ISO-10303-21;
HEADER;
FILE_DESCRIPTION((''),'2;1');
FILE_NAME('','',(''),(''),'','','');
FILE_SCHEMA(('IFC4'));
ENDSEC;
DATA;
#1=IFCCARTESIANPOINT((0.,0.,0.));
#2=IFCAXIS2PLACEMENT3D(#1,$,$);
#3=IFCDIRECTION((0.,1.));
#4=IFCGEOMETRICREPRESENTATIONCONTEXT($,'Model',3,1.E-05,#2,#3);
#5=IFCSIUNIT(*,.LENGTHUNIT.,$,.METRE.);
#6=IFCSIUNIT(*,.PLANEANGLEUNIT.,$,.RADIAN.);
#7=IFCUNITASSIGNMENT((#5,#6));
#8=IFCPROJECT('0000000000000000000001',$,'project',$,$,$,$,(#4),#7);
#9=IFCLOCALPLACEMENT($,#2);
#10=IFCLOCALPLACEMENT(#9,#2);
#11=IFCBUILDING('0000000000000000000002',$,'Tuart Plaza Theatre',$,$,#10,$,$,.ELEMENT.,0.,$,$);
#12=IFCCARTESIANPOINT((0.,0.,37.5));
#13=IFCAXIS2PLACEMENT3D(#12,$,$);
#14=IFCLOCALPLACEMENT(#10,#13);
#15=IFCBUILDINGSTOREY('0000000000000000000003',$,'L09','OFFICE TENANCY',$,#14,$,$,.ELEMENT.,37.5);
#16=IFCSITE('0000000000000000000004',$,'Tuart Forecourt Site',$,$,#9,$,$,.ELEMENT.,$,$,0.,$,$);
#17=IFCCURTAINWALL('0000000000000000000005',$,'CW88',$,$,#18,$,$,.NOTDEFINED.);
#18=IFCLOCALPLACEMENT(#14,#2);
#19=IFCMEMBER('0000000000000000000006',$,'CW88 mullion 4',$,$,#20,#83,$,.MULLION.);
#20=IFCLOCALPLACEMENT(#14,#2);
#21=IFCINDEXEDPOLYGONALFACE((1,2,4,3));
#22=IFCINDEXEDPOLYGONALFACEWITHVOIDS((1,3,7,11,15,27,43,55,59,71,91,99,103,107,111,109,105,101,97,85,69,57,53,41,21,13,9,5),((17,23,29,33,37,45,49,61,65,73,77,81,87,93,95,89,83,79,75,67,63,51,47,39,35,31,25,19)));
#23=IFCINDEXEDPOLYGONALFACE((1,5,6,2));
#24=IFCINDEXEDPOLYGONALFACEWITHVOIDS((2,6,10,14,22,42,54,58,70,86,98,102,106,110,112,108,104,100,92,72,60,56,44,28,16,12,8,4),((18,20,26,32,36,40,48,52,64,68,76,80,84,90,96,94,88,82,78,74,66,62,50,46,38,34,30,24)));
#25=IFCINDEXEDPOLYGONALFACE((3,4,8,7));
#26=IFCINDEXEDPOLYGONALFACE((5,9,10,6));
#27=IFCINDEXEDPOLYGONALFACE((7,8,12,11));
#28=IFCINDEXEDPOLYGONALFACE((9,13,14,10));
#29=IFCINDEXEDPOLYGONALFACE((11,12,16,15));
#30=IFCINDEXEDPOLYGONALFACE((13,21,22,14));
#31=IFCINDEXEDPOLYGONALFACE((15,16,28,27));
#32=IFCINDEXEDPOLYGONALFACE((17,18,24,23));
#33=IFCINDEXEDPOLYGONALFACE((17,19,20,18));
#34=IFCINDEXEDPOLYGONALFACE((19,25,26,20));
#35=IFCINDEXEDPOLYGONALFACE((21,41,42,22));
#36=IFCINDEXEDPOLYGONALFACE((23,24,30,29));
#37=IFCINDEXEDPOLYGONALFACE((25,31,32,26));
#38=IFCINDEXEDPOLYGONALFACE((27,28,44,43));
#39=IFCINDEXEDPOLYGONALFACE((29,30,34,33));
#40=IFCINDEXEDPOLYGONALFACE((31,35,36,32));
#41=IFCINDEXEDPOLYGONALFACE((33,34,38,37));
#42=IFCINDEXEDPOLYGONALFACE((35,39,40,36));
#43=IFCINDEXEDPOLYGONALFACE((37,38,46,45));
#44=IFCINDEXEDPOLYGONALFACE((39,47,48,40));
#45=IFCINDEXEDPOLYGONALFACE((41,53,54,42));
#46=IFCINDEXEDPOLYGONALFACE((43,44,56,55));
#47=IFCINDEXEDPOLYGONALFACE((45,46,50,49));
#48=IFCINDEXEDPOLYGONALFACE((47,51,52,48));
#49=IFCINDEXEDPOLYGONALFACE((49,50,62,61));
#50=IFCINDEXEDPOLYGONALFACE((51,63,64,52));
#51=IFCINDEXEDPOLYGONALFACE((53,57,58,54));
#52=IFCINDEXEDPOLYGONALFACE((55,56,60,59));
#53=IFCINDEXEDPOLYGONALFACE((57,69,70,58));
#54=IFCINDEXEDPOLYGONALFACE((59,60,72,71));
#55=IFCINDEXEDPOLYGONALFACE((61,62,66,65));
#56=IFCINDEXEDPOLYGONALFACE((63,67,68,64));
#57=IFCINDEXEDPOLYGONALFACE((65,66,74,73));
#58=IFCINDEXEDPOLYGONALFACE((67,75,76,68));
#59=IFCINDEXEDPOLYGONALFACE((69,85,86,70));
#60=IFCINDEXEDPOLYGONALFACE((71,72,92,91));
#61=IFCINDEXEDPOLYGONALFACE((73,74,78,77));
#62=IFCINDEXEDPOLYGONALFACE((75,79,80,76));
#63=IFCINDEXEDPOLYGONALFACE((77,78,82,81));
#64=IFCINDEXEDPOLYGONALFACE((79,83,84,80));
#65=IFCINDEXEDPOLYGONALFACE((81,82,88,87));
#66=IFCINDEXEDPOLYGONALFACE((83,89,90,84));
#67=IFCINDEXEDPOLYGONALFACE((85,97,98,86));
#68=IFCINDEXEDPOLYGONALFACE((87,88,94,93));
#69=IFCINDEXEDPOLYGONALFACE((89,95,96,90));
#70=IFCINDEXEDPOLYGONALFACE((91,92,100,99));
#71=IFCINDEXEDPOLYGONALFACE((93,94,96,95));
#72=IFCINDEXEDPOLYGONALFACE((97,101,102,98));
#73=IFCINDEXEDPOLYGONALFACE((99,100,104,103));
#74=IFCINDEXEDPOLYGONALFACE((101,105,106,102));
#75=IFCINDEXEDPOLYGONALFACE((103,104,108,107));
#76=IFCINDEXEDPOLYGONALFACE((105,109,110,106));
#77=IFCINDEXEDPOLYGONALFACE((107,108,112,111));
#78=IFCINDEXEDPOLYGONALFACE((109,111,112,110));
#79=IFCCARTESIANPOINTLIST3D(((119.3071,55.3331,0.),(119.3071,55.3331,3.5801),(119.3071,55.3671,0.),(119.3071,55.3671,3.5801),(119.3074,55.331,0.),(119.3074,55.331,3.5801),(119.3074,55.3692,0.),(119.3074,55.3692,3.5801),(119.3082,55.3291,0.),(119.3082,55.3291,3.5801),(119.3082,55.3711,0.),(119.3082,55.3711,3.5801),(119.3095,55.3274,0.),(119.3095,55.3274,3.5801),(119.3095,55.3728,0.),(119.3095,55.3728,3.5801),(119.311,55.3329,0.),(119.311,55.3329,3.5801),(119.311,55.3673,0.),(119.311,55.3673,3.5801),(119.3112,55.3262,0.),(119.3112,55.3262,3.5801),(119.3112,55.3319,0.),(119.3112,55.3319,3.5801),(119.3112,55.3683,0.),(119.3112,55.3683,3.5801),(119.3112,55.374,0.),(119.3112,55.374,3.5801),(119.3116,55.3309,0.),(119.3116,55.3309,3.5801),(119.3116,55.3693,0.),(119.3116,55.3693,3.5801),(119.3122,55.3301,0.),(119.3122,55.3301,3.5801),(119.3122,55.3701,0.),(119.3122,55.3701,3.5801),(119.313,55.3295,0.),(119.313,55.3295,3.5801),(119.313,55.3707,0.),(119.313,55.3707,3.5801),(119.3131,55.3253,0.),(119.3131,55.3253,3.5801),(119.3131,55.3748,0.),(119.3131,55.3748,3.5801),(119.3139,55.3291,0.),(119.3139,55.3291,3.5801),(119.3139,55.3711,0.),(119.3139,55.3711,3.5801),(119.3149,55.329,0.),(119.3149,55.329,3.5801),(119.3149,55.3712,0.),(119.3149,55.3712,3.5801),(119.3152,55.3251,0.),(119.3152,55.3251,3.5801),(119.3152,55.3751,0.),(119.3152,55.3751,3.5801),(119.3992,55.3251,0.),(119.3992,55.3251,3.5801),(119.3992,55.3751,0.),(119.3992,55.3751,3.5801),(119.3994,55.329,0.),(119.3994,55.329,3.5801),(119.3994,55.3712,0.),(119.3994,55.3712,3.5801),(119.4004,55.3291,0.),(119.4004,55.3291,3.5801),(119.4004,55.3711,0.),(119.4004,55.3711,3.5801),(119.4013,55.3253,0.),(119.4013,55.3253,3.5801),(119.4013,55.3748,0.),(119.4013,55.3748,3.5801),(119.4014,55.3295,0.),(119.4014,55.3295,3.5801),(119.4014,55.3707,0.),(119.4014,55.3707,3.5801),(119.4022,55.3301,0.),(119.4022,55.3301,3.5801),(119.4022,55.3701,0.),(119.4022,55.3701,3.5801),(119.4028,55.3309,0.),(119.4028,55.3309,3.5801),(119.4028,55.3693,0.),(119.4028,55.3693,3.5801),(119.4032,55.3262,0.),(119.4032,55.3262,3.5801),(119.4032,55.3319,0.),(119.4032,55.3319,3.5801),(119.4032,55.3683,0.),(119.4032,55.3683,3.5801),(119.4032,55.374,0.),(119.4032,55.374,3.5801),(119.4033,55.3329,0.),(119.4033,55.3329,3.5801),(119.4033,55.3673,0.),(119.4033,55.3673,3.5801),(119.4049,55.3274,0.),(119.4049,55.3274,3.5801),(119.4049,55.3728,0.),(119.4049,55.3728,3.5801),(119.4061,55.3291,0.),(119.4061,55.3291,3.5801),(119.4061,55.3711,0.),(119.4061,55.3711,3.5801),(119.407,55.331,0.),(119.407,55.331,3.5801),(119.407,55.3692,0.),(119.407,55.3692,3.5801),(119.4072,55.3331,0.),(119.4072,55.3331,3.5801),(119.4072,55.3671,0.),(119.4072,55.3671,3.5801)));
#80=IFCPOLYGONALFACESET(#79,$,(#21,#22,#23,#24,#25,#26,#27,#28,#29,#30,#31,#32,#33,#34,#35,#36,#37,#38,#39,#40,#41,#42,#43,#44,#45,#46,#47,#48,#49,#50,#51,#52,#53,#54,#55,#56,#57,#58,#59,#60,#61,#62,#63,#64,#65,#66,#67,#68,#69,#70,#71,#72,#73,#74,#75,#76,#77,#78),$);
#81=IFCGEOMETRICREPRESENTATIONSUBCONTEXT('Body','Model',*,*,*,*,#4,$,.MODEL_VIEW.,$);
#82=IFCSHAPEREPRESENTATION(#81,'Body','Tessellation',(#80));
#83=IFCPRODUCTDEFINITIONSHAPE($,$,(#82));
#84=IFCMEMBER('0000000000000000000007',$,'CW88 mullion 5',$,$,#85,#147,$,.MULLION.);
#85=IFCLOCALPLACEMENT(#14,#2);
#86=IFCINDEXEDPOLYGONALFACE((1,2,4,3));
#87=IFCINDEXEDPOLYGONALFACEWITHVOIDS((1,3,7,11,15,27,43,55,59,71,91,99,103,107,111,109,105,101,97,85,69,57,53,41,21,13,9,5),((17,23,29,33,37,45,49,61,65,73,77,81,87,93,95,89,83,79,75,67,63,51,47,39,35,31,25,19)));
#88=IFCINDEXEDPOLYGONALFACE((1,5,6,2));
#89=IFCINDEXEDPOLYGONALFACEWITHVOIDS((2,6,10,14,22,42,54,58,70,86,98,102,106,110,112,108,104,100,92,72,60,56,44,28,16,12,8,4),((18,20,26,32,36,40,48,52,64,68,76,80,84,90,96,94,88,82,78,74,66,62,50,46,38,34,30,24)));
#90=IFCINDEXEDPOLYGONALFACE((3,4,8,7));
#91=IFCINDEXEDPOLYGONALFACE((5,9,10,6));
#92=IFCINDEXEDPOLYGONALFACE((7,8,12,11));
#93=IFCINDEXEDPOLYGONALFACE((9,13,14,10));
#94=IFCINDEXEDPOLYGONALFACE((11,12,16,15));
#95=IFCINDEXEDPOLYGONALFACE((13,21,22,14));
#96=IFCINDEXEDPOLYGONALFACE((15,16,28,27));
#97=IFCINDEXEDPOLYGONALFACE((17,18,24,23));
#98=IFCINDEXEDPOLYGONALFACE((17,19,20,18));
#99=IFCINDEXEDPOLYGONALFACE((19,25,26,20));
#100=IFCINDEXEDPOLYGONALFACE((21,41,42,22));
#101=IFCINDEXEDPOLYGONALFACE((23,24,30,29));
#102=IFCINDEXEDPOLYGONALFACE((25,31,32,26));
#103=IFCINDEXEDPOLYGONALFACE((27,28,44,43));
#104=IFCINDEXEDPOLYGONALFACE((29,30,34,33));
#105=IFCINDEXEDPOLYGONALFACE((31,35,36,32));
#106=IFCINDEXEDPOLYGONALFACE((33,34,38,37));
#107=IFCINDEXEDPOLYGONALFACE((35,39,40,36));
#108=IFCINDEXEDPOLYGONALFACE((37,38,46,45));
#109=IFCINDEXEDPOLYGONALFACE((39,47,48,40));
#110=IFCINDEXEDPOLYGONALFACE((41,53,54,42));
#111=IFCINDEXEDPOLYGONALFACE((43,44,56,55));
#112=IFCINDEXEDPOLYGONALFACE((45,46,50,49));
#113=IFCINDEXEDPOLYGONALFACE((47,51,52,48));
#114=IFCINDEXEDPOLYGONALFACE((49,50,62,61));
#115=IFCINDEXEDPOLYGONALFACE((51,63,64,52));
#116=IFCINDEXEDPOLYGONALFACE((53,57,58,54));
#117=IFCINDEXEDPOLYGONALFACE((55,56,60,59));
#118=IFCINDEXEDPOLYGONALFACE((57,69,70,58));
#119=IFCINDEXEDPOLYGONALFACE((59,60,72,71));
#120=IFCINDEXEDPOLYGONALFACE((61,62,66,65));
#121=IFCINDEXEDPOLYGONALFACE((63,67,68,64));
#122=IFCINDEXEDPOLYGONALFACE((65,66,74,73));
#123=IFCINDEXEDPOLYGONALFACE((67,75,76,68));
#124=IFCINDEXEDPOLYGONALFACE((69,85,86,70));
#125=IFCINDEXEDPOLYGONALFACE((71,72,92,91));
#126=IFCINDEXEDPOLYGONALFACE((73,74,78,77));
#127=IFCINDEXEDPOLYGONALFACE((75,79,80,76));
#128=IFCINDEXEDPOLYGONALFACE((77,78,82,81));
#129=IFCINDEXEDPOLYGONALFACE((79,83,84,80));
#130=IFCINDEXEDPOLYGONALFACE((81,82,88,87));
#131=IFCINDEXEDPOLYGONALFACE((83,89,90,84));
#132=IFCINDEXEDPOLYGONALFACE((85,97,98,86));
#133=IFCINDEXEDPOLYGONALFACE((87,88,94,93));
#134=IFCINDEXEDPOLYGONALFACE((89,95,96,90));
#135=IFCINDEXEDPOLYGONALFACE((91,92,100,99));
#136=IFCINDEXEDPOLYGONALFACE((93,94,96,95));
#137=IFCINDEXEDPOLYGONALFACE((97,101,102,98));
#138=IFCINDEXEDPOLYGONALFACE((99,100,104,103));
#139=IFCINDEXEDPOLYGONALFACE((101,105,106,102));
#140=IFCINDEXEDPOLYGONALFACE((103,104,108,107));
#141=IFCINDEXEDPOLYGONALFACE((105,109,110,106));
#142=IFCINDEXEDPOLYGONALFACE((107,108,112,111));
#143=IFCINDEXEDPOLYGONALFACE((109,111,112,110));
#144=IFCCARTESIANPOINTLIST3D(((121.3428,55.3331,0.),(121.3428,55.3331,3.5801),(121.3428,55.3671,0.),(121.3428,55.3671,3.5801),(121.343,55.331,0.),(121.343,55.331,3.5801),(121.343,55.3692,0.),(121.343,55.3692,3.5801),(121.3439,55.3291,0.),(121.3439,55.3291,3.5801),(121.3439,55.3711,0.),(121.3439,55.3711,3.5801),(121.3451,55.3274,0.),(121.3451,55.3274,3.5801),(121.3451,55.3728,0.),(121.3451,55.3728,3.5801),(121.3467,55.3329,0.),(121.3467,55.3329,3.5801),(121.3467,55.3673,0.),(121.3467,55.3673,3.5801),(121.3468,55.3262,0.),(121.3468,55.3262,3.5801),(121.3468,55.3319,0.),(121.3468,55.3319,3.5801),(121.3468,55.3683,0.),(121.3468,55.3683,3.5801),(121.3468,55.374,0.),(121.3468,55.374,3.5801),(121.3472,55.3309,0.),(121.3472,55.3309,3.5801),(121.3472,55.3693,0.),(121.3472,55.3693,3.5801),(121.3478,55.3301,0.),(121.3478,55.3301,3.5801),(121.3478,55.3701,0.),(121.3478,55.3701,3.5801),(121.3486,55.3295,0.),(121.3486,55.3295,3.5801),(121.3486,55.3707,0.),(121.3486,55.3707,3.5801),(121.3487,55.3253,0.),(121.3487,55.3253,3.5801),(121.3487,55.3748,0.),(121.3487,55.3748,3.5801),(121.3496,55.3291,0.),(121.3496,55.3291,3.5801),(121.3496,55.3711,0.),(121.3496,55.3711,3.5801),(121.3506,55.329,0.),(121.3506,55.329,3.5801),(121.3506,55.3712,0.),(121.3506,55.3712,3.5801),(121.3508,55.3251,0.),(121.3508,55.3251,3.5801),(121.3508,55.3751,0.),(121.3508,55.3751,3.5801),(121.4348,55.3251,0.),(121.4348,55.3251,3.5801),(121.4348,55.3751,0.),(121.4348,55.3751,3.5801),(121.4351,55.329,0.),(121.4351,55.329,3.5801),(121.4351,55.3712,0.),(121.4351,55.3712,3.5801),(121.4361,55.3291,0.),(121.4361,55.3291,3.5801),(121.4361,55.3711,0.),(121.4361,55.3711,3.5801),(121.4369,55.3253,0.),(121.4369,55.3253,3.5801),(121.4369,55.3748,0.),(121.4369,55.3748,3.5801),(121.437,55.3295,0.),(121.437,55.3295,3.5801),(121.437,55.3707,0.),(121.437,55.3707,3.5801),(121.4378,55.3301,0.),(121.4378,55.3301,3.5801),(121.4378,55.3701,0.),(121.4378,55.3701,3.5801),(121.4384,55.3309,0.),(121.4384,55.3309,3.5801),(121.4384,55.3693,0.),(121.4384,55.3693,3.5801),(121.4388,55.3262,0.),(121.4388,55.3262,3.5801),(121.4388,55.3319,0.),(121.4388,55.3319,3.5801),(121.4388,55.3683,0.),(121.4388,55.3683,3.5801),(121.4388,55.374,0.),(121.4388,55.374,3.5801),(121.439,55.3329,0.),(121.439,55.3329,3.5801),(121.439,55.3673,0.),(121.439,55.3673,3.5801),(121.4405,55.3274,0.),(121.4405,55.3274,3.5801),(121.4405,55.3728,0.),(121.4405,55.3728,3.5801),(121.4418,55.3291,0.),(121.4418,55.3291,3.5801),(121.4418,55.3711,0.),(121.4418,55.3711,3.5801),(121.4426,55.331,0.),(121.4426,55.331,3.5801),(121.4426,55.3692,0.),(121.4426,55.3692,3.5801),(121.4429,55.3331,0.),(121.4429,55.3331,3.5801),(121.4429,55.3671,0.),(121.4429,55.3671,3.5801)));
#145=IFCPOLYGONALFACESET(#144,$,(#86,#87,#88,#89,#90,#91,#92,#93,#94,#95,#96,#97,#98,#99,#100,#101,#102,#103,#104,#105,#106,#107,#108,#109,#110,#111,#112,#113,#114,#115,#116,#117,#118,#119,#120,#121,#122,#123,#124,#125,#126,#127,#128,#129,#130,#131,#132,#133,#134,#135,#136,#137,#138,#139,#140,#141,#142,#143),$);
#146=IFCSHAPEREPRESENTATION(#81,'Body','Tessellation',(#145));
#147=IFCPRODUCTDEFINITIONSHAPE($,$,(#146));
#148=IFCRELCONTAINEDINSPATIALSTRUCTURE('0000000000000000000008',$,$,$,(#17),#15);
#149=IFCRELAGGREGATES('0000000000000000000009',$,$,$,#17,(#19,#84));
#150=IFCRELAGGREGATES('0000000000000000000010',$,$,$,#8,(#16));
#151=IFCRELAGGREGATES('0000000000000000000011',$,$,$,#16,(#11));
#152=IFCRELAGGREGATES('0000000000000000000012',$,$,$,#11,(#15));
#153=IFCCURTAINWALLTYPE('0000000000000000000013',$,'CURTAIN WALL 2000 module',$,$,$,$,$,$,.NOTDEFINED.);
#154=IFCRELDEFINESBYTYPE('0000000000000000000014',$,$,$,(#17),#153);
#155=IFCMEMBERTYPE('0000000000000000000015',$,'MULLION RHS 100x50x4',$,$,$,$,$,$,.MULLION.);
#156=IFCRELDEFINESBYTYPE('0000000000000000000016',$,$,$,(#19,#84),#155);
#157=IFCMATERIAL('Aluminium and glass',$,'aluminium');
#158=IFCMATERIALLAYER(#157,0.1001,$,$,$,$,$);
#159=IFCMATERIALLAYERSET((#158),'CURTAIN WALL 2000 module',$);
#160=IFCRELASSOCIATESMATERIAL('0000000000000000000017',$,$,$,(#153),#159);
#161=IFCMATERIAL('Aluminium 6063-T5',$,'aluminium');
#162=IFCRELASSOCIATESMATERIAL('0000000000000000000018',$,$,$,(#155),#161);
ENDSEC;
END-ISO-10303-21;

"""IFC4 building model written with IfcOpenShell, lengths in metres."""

from ifc_helpers import new_model, si_unit, direction, frame, origin, origin_2d, place, context, subcontext, project, spatial, hollow_rectangle, extrude, material, layer, layer_set, material_profile, profile_set, type_object, element, aggregate, save


model = new_model("IFC4")

# Units and contexts
model_context = context("Model", 3, precision=1e-05, world=origin(), true_north=direction((0.0, 1.0)))
body_context = subcontext(model_context, "Body", "Model", "MODEL_VIEW")
ifc_project = project(units=[si_unit("LENGTHUNIT", "METRE"), si_unit("PLANEANGLEUNIT", "RADIAN")], contexts=[model_context])

# Site, building, storey
site_placement = place(None, origin())
site = spatial("IfcSite", under=ifc_project, at=site_placement, Name="Tuart Forecourt Site", CompositionType="ELEMENT", RefElevation=0.0)
building_placement = place(site_placement, origin())
building = spatial("IfcBuilding", under=site, at=building_placement, Name="Tuart Plaza Theatre", CompositionType="ELEMENT", ElevationOfRefHeight=0.0)
storey_placement = place(building_placement, frame((0.0, 0.0, 37.5)))
storey = spatial("IfcBuildingStorey", under=building, at=storey_placement, Name="L09", Description="OFFICE TENANCY", CompositionType="ELEMENT", Elevation=37.5)

# Curtain wall, members
ifc_material_1 = material(Name="Aluminium and glass", Category="aluminium")
ifc_layer_1 = layer(ifc_material_1, 0.1001)
ifc_layer_set_1 = layer_set([ifc_layer_1], Name="CURTAIN WALL 2000 module")
curtain_wall_type = type_object("IfcCurtainWallType", Name="CURTAIN WALL 2000 module", PredefinedType="NOTDEFINED", material=ifc_layer_set_1)
curtain_wall_placement = place(storey_placement, origin())
curtain_wall = element("IfcCurtainWall", 1, at=curtain_wall_placement, inside=storey, type_object=curtain_wall_type, Name="CW88", PredefinedType="NOTDEFINED")
ifc_material_2 = material(Name="Aluminium 6063-T5", Category="aluminium")
ifc_material_profile_1 = material_profile(ifc_material_2, hollow_rectangle(XDim=0.05, YDim=0.1001, WallThickness=0.0039, InnerFilletRadius=0.0039, OuterFilletRadius=0.0081, at=origin_2d()), Name="RHS 100x50x4")
ifc_profile_set_1 = profile_set([ifc_material_profile_1], Name="Aluminium 6063-T5")
member_type_1 = type_object("IfcMemberType", Name="MULLION RHS 100x50x4", PredefinedType="MULLION", material=ifc_profile_set_1)
member_1_placement = place(storey_placement, frame((119.3572, 55.3501, 0.0), z_axis=(0.0, 0.0, 1.0), x_axis=(0.0, 1.0, 0.0)))
member_1 = element("IfcMember", 2, at=member_1_placement, type_object=member_type_1, Name="CW88 mullion 4", PredefinedType="MULLION", context=body_context, shape_type="SweptSolid", body=[
    extrude(hollow_rectangle(XDim=0.05, YDim=0.1001, WallThickness=0.0039, InnerFilletRadius=0.0039, OuterFilletRadius=0.0081, at=origin_2d()), origin(), (0.0, 0.0, 1.0), 3.5801),
])
member_2_placement = place(storey_placement, frame((121.3928, 55.3501, 0.0), z_axis=(0.0, 0.0, 1.0), x_axis=(0.0, 1.0, 0.0)))
member_2 = element("IfcMember", 3, at=member_2_placement, type_object=member_type_1, Name="CW88 mullion 5", PredefinedType="MULLION", context=body_context, shape_type="SweptSolid", body=[
    extrude(hollow_rectangle(XDim=0.05, YDim=0.1001, WallThickness=0.0039, InnerFilletRadius=0.0039, OuterFilletRadius=0.0081, at=origin_2d()), origin(), (0.0, 0.0, 1.0), 3.5801),
])
aggregate(curtain_wall, [member_1, member_2])

save(model, "model.ifc")
